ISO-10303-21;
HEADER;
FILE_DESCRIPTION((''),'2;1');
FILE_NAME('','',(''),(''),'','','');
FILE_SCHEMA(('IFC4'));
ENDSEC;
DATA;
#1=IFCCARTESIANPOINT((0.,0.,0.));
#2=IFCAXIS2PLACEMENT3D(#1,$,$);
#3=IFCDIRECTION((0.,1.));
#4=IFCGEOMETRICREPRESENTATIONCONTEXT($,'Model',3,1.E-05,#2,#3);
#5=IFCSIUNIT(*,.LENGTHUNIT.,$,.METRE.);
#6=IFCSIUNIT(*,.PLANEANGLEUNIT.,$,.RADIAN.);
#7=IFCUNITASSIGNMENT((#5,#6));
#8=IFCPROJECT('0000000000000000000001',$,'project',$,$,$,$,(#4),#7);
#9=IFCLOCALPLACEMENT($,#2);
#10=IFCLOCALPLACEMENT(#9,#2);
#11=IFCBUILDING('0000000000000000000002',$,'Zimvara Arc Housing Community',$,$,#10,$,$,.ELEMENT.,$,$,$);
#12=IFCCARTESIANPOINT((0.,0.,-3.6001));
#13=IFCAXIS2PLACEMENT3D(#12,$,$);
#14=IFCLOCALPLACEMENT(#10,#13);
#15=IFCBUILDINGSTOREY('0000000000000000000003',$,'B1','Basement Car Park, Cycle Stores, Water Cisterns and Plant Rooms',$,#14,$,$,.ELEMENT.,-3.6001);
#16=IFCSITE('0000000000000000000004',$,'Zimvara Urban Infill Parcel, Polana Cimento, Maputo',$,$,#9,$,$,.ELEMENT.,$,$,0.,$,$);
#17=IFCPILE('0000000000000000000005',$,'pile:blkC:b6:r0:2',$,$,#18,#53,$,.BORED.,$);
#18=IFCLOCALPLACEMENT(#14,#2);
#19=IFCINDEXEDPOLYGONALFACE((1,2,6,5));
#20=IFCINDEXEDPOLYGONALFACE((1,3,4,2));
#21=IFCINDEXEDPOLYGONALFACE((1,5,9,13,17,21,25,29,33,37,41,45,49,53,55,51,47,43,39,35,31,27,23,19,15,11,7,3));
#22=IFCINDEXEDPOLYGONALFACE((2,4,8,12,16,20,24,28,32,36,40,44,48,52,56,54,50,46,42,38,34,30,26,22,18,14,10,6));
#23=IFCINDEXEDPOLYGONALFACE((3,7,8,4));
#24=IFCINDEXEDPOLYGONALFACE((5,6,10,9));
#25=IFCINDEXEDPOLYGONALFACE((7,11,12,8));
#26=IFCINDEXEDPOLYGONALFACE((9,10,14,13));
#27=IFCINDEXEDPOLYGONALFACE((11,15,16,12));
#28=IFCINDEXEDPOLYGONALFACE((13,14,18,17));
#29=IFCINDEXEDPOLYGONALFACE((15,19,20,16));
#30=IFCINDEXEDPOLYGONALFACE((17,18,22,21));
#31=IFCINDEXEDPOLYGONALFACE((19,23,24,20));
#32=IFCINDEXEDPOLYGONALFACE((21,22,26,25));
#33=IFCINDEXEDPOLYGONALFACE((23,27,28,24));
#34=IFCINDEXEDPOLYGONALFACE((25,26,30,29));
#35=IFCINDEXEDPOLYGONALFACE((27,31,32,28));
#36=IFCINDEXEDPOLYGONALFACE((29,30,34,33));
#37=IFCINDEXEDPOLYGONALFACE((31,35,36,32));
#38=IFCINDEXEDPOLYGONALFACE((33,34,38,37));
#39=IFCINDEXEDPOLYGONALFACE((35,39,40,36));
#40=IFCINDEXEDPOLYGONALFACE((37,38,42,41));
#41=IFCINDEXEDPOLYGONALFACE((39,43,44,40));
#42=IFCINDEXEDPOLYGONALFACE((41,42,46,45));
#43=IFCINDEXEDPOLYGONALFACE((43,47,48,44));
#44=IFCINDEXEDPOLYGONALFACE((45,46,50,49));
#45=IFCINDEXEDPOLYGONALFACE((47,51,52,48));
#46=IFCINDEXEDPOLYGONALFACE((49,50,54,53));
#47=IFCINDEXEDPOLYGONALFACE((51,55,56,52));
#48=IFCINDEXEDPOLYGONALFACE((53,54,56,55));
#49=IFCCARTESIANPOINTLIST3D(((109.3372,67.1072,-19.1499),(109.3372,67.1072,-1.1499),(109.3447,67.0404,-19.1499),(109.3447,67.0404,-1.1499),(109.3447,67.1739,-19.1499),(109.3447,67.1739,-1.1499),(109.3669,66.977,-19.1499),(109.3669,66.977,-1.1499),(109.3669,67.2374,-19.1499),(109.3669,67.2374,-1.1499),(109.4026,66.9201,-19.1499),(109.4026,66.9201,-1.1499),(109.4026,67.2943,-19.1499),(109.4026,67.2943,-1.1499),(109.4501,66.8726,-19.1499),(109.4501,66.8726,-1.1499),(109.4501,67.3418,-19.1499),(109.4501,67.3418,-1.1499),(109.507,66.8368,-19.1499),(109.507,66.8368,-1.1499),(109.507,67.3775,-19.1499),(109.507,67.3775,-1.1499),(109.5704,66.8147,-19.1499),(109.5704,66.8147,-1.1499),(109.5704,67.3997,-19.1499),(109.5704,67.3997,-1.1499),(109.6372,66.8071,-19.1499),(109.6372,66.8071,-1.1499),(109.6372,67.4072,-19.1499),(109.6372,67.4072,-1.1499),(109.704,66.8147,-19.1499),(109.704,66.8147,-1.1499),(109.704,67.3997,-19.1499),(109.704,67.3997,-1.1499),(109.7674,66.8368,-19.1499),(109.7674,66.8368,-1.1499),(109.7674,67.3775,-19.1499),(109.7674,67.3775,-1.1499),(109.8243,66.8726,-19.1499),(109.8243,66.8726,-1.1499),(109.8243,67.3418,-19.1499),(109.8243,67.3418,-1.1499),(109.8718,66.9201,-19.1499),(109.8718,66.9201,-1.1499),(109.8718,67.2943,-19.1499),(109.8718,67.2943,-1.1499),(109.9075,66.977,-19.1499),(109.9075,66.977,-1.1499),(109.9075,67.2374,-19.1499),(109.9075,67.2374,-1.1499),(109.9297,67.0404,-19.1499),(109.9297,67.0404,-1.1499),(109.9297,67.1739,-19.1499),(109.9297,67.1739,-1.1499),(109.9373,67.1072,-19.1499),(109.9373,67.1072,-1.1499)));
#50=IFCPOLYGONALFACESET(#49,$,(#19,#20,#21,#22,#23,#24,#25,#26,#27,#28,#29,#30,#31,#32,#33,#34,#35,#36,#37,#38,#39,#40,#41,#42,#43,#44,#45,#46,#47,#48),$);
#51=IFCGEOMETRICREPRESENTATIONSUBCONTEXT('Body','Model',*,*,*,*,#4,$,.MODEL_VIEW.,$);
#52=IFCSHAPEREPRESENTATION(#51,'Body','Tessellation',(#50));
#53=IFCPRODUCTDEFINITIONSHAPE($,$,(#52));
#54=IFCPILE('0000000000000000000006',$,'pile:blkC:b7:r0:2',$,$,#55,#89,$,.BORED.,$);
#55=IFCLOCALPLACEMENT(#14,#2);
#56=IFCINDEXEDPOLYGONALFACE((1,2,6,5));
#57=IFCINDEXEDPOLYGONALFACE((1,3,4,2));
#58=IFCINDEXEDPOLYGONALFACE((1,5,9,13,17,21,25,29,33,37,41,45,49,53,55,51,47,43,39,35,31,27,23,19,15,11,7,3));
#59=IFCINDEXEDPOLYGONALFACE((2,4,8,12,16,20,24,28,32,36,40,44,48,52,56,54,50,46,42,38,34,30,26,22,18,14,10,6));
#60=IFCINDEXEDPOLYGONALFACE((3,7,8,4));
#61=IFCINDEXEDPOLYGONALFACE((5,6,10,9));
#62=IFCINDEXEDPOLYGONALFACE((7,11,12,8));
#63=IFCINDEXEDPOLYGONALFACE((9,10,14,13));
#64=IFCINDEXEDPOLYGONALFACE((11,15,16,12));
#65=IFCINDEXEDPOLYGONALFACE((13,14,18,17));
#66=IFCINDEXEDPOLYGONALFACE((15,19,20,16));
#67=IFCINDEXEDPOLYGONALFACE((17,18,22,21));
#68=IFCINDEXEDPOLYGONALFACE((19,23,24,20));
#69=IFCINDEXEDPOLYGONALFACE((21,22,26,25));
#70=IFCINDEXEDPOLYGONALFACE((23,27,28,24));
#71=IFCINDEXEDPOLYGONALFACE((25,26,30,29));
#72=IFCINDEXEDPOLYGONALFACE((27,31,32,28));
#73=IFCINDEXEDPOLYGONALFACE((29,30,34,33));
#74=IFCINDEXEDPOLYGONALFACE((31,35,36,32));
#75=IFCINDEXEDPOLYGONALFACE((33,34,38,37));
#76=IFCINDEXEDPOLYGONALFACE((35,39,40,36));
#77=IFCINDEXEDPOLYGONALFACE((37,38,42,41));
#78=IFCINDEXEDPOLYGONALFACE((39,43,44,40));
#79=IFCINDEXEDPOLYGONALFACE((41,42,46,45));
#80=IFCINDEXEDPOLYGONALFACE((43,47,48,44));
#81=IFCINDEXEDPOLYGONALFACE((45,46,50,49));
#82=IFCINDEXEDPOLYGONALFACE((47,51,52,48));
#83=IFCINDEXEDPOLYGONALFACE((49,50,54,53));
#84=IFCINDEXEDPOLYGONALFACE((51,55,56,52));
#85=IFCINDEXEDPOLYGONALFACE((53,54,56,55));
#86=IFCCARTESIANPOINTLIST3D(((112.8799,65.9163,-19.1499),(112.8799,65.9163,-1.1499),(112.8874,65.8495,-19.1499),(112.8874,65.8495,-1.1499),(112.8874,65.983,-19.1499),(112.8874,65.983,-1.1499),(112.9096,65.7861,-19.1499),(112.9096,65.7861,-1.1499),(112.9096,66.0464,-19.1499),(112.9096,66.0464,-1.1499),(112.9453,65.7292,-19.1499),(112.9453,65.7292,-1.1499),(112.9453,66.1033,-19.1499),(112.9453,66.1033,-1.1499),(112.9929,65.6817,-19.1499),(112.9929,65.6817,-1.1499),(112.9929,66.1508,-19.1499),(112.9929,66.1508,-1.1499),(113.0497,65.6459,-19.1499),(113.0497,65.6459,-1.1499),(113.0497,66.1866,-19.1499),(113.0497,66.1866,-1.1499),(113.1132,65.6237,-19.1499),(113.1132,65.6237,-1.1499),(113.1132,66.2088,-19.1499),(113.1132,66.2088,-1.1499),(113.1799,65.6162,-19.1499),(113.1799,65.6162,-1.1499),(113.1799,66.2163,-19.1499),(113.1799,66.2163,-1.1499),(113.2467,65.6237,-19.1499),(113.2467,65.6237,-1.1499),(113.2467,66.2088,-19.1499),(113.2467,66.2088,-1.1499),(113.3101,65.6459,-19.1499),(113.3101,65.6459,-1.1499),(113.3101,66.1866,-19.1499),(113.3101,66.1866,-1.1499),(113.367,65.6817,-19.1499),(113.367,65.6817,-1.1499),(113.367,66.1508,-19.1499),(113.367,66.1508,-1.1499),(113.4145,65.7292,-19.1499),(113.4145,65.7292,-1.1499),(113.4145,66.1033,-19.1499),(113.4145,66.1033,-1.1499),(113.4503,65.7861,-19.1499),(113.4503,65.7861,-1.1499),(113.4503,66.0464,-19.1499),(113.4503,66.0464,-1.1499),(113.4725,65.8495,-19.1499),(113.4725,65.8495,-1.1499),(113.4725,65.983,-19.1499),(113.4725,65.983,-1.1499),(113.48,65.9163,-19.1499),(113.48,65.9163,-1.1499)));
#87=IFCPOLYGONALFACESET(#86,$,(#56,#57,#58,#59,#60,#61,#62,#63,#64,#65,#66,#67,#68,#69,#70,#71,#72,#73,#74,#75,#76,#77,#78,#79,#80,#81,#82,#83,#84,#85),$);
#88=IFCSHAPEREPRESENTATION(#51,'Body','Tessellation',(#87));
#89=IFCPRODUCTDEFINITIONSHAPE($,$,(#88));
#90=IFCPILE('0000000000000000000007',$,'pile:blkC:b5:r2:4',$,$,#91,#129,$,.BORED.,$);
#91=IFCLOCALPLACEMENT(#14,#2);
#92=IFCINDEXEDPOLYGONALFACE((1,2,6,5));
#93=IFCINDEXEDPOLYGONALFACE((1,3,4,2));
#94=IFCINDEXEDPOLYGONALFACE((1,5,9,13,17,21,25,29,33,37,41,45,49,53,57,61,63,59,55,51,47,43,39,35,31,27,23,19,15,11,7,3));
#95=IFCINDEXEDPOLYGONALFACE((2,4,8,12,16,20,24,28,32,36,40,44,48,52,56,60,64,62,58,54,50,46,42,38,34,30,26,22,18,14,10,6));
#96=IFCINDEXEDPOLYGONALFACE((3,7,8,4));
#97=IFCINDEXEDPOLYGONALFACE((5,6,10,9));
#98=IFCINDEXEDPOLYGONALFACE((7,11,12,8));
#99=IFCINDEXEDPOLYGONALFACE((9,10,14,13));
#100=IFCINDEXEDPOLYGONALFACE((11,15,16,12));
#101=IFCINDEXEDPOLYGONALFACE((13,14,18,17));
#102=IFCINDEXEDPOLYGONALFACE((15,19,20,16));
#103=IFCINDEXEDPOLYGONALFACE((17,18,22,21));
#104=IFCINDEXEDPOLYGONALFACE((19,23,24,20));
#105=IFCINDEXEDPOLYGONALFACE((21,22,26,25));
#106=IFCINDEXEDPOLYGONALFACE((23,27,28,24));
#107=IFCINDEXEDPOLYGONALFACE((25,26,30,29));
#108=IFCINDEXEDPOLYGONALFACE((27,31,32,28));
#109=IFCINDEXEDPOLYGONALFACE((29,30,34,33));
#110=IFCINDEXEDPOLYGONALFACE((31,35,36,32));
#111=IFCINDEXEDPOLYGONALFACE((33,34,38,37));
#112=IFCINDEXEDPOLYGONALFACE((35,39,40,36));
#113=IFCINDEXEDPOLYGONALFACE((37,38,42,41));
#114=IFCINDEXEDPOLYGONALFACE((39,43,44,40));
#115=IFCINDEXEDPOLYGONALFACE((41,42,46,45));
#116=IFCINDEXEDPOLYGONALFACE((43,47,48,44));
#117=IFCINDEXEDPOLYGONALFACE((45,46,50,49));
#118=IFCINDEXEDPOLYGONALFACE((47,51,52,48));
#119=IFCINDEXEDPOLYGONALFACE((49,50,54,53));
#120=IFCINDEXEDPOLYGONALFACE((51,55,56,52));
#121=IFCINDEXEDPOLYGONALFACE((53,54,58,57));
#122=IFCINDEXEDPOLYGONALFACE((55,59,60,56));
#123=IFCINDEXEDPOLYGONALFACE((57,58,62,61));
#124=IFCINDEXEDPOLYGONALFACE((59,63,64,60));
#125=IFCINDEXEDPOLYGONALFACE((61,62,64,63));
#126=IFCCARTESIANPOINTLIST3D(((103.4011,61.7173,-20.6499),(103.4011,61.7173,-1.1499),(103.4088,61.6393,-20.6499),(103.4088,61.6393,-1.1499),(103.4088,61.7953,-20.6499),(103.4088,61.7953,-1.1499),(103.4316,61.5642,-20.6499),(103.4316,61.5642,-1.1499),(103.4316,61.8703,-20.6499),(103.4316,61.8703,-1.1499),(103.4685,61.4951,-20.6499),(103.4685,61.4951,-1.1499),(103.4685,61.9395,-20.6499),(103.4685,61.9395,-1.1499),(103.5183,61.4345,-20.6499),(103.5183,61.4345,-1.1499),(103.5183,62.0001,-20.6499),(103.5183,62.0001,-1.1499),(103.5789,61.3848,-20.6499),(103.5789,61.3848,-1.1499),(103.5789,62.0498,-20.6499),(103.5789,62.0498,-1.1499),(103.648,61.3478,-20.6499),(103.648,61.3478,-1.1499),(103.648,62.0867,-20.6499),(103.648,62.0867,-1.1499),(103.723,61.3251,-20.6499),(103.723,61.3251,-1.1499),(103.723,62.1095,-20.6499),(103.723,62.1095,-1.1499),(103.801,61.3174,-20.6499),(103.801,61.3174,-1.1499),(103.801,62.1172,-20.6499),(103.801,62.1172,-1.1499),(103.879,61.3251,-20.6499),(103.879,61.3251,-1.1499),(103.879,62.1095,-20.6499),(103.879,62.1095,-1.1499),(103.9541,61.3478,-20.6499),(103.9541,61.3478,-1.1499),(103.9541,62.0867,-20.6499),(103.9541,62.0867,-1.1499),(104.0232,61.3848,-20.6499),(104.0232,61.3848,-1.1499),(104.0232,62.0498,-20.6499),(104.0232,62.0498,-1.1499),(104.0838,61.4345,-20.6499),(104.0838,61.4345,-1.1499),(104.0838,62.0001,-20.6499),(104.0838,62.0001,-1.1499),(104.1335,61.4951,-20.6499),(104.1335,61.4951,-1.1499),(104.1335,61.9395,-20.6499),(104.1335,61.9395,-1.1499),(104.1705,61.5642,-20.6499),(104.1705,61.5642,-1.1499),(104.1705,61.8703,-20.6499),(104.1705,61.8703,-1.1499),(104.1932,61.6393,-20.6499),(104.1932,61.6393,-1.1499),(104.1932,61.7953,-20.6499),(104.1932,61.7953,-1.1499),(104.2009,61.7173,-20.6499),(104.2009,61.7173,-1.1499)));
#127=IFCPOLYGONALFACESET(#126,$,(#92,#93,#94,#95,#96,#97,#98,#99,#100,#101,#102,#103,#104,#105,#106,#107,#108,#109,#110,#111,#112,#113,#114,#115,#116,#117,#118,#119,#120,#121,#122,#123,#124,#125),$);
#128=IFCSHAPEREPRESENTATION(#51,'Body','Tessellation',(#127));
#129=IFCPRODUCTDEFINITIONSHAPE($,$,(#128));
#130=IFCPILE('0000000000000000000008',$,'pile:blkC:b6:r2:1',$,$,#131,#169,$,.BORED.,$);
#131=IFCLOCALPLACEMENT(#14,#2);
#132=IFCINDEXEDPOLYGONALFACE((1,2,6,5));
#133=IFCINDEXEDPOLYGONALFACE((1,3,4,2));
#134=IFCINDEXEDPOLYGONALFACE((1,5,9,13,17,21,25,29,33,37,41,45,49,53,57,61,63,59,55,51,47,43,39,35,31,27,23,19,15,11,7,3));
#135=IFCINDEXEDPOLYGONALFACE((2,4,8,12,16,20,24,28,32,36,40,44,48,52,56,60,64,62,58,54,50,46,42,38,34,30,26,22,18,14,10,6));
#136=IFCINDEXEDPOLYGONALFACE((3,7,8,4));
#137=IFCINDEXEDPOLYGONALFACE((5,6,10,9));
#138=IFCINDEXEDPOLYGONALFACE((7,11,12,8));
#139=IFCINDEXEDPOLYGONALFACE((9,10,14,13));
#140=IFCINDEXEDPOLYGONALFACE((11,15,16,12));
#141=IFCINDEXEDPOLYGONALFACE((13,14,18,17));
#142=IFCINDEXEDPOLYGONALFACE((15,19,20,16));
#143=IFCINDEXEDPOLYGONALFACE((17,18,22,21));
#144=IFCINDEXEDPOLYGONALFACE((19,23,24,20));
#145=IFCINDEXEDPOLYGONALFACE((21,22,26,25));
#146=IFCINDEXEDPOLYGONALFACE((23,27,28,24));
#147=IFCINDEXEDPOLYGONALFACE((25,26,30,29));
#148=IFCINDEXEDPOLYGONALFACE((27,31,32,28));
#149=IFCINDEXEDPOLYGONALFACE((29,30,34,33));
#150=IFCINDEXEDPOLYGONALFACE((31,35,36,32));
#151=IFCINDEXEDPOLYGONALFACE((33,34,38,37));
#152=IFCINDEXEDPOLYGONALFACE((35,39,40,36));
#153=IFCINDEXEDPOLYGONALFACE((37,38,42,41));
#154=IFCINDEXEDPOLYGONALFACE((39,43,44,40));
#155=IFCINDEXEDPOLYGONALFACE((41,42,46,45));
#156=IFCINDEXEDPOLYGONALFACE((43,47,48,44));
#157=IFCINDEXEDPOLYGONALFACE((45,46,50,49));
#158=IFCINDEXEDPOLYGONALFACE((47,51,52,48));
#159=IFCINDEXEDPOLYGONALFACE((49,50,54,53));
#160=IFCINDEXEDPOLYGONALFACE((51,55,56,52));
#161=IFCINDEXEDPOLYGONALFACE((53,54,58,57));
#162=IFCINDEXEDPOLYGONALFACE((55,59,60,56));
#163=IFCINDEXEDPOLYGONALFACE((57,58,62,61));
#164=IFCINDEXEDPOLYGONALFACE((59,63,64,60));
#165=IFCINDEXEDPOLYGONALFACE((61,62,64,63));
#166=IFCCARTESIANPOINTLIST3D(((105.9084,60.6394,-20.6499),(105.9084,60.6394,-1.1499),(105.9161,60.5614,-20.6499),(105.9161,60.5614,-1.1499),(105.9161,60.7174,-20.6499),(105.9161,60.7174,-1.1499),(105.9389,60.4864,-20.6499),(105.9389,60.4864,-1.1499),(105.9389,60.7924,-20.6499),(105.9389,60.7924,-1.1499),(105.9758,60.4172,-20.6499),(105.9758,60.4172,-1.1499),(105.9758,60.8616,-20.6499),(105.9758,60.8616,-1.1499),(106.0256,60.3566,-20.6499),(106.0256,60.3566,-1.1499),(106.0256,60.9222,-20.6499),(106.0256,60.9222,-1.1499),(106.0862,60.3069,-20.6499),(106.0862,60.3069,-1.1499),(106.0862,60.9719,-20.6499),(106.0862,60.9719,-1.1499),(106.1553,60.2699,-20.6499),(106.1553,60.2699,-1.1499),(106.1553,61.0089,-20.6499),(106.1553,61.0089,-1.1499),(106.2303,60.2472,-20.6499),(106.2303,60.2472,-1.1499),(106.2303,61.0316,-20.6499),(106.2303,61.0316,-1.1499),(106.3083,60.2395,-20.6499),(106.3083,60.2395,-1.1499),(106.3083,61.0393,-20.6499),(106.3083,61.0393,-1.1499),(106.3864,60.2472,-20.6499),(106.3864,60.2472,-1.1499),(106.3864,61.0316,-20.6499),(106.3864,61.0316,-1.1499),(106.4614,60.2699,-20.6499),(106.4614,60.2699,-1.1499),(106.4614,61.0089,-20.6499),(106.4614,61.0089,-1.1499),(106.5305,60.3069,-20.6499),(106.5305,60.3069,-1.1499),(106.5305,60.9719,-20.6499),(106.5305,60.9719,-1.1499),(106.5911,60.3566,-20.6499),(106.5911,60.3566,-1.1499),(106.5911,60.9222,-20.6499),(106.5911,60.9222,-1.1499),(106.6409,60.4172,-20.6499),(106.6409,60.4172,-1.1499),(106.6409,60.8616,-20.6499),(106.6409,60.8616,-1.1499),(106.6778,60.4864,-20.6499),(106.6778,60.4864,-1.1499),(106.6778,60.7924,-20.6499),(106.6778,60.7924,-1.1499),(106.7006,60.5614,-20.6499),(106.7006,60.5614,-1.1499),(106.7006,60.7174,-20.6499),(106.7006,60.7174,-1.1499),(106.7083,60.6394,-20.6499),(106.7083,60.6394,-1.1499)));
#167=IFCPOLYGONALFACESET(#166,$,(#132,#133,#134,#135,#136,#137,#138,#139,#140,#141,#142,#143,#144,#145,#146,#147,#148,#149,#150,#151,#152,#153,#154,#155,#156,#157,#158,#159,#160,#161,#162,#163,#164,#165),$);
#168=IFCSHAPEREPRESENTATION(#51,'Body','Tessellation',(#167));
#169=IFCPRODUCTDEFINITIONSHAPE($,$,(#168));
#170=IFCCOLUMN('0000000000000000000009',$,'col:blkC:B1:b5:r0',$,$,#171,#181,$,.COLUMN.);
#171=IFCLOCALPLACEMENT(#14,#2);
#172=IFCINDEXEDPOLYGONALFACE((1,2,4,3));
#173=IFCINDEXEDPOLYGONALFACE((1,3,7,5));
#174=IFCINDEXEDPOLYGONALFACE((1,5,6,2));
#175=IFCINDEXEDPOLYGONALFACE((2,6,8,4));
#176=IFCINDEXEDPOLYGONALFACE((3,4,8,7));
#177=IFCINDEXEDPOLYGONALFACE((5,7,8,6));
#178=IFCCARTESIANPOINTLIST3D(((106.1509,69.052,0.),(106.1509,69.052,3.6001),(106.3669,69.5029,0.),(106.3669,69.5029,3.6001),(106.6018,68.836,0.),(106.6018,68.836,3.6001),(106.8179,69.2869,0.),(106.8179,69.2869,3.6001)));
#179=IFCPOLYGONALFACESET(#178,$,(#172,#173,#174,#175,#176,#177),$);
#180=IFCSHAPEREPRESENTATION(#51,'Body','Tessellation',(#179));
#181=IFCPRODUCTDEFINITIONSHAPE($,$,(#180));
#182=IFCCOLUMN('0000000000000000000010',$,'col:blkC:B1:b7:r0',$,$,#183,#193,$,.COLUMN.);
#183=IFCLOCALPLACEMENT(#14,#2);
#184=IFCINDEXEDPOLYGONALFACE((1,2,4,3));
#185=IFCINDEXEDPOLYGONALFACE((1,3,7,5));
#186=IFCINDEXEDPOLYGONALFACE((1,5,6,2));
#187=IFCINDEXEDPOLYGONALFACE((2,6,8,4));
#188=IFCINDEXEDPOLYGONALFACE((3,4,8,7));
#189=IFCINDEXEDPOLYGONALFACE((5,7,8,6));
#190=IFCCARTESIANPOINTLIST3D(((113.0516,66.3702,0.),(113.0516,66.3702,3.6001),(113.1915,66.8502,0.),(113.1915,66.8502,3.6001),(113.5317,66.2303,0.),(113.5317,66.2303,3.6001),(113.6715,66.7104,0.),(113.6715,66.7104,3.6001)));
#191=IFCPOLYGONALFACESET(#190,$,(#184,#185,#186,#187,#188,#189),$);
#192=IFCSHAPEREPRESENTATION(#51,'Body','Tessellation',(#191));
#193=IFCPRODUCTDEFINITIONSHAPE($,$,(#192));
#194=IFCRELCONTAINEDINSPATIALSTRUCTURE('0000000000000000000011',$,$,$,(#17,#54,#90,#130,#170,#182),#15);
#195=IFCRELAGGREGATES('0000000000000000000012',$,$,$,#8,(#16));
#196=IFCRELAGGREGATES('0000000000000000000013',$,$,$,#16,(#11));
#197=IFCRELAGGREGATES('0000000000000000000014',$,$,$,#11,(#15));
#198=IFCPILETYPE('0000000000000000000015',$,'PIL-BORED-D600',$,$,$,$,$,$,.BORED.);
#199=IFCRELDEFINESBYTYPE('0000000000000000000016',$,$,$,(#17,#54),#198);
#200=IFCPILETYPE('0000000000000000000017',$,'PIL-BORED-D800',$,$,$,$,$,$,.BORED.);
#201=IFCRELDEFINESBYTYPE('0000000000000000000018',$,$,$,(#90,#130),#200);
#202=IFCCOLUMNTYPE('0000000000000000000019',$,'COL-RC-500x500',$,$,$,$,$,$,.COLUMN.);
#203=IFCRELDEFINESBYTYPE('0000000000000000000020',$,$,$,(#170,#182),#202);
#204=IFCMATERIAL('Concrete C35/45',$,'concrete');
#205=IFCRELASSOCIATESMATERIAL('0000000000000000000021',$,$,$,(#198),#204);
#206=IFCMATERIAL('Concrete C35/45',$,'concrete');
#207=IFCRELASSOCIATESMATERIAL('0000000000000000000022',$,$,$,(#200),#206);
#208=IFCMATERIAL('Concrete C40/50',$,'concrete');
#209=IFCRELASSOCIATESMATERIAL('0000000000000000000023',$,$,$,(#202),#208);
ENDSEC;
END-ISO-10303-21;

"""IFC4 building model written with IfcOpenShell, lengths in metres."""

from ifc_helpers import new_model, si_unit, direction, frame, origin, origin_2d, place, context, subcontext, project, spatial, rectangle, circle, extrude, material, material_profile, profile_set, type_object, element, save


model = new_model("IFC4")

# Units and contexts
model_context = context("Model", 3, precision=1e-05, world=origin(), true_north=direction((0.0, 1.0)))
body_context = subcontext(model_context, "Body", "Model", "MODEL_VIEW")
ifc_project = project(units=[si_unit("LENGTHUNIT", "METRE"), si_unit("PLANEANGLEUNIT", "RADIAN")], contexts=[model_context])

# Site, building, storey
site_placement = place(None, origin())
site = spatial("IfcSite", under=ifc_project, at=site_placement, Name="Zimvara Urban Infill Parcel, Polana Cimento, Maputo", CompositionType="ELEMENT", RefElevation=0.0)
building_placement = place(site_placement, origin())
building = spatial("IfcBuilding", under=site, at=building_placement, Name="Zimvara Arc Housing Community", CompositionType="ELEMENT")
storey_placement = place(building_placement, frame((0.0, 0.0, -3.6001)))
storey = spatial("IfcBuildingStorey", under=building, at=storey_placement, Name="B1", Description="Basement Car Park, Cycle Stores, Water Cisterns and Plant Rooms", CompositionType="ELEMENT", Elevation=-3.6001)

# Piles
ifc_material_1 = material(Name="Concrete C35/45", Category="concrete")
ifc_material_profile_1 = material_profile(ifc_material_1, circle(Radius=0.3, at=origin_2d()), Name="PILE D600")
ifc_profile_set_1 = profile_set([ifc_material_profile_1], Name="Concrete C35/45")
pile_type_1 = type_object("IfcPileType", Name="PIL-BORED-D600", PredefinedType="BORED", material=ifc_profile_set_1)
for number, where, z_axis, x_axis, name in (
    (1, (109.6372, 67.1072, -1.1499), (0.0, 0.0, -1.0), (1.0, 0.0, 0.0), "pile:blkC:b6:r0:2"),
    (2, (113.1799, 65.9163, -1.1499), (0.0, 0.0, -1.0), (1.0, 0.0, 0.0), "pile:blkC:b7:r0:2"),
):
    element("IfcPile", number, at=place(storey_placement, frame(where, z_axis=z_axis, x_axis=x_axis)), inside=storey, type_object=pile_type_1, Name=name, PredefinedType="BORED", context=body_context, shape_type="SweptSolid", body=[
        extrude(circle(Radius=0.3, at=origin_2d()), origin(), (0.0, 0.0, 1.0), 18.0),
    ])
ifc_material_2 = material(Name="Concrete C35/45", Category="concrete")
ifc_material_profile_2 = material_profile(ifc_material_2, circle(Radius=0.3999, at=origin_2d()), Name="PILE D800")
ifc_profile_set_2 = profile_set([ifc_material_profile_2], Name="Concrete C35/45")
pile_type_2 = type_object("IfcPileType", Name="PIL-BORED-D800", PredefinedType="BORED", material=ifc_profile_set_2)
for number, where, z_axis, x_axis, name in (
    (3, (103.801, 61.7173, -1.1499), (0.0, 0.0, -1.0), (1.0, 0.0, 0.0), "pile:blkC:b5:r2:4"),
    (4, (106.3083, 60.6394, -1.1499), (0.0, 0.0, -1.0), (1.0, 0.0, 0.0), "pile:blkC:b6:r2:1"),
):
    element("IfcPile", number, at=place(storey_placement, frame(where, z_axis=z_axis, x_axis=x_axis)), inside=storey, type_object=pile_type_2, Name=name, PredefinedType="BORED", context=body_context, shape_type="SweptSolid", body=[
        extrude(circle(Radius=0.3999, at=origin_2d()), origin(), (0.0, 0.0, 1.0), 19.5),
    ])

# Columns
ifc_material_3 = material(Name="Concrete C40/50", Category="concrete")
ifc_material_profile_3 = material_profile(ifc_material_3, rectangle(XDim=0.5, YDim=0.5, at=origin_2d()), Name="RC 500x500")
ifc_profile_set_3 = profile_set([ifc_material_profile_3], Name="Concrete C40/50")
column_type_1 = type_object("IfcColumnType", Name="COL-RC-500x500", PredefinedType="COLUMN", material=ifc_profile_set_3)
for number, where, z_axis, x_axis, name in (
    (5, (106.4844, 69.1694, 0.0), (0.0, 0.0, 1.0), (-0.432086, -0.901833, 0.0), "col:blkC:B1:b5:r0"),
    (6, (113.3616, 66.5403, 0.0), (0.0, 0.0, 1.0), (-0.279661, -0.960099, 0.0), "col:blkC:B1:b7:r0"),
):
    element("IfcColumn", number, at=place(storey_placement, frame(where, z_axis=z_axis, x_axis=x_axis)), inside=storey, type_object=column_type_1, Name=name, PredefinedType="COLUMN", context=body_context, shape_type="SweptSolid", body=[
        extrude(rectangle(XDim=0.5, YDim=0.5, at=origin_2d()), origin(), (0.0, 0.0, 1.0), 3.6001),
    ])

save(model, "model.ifc")
